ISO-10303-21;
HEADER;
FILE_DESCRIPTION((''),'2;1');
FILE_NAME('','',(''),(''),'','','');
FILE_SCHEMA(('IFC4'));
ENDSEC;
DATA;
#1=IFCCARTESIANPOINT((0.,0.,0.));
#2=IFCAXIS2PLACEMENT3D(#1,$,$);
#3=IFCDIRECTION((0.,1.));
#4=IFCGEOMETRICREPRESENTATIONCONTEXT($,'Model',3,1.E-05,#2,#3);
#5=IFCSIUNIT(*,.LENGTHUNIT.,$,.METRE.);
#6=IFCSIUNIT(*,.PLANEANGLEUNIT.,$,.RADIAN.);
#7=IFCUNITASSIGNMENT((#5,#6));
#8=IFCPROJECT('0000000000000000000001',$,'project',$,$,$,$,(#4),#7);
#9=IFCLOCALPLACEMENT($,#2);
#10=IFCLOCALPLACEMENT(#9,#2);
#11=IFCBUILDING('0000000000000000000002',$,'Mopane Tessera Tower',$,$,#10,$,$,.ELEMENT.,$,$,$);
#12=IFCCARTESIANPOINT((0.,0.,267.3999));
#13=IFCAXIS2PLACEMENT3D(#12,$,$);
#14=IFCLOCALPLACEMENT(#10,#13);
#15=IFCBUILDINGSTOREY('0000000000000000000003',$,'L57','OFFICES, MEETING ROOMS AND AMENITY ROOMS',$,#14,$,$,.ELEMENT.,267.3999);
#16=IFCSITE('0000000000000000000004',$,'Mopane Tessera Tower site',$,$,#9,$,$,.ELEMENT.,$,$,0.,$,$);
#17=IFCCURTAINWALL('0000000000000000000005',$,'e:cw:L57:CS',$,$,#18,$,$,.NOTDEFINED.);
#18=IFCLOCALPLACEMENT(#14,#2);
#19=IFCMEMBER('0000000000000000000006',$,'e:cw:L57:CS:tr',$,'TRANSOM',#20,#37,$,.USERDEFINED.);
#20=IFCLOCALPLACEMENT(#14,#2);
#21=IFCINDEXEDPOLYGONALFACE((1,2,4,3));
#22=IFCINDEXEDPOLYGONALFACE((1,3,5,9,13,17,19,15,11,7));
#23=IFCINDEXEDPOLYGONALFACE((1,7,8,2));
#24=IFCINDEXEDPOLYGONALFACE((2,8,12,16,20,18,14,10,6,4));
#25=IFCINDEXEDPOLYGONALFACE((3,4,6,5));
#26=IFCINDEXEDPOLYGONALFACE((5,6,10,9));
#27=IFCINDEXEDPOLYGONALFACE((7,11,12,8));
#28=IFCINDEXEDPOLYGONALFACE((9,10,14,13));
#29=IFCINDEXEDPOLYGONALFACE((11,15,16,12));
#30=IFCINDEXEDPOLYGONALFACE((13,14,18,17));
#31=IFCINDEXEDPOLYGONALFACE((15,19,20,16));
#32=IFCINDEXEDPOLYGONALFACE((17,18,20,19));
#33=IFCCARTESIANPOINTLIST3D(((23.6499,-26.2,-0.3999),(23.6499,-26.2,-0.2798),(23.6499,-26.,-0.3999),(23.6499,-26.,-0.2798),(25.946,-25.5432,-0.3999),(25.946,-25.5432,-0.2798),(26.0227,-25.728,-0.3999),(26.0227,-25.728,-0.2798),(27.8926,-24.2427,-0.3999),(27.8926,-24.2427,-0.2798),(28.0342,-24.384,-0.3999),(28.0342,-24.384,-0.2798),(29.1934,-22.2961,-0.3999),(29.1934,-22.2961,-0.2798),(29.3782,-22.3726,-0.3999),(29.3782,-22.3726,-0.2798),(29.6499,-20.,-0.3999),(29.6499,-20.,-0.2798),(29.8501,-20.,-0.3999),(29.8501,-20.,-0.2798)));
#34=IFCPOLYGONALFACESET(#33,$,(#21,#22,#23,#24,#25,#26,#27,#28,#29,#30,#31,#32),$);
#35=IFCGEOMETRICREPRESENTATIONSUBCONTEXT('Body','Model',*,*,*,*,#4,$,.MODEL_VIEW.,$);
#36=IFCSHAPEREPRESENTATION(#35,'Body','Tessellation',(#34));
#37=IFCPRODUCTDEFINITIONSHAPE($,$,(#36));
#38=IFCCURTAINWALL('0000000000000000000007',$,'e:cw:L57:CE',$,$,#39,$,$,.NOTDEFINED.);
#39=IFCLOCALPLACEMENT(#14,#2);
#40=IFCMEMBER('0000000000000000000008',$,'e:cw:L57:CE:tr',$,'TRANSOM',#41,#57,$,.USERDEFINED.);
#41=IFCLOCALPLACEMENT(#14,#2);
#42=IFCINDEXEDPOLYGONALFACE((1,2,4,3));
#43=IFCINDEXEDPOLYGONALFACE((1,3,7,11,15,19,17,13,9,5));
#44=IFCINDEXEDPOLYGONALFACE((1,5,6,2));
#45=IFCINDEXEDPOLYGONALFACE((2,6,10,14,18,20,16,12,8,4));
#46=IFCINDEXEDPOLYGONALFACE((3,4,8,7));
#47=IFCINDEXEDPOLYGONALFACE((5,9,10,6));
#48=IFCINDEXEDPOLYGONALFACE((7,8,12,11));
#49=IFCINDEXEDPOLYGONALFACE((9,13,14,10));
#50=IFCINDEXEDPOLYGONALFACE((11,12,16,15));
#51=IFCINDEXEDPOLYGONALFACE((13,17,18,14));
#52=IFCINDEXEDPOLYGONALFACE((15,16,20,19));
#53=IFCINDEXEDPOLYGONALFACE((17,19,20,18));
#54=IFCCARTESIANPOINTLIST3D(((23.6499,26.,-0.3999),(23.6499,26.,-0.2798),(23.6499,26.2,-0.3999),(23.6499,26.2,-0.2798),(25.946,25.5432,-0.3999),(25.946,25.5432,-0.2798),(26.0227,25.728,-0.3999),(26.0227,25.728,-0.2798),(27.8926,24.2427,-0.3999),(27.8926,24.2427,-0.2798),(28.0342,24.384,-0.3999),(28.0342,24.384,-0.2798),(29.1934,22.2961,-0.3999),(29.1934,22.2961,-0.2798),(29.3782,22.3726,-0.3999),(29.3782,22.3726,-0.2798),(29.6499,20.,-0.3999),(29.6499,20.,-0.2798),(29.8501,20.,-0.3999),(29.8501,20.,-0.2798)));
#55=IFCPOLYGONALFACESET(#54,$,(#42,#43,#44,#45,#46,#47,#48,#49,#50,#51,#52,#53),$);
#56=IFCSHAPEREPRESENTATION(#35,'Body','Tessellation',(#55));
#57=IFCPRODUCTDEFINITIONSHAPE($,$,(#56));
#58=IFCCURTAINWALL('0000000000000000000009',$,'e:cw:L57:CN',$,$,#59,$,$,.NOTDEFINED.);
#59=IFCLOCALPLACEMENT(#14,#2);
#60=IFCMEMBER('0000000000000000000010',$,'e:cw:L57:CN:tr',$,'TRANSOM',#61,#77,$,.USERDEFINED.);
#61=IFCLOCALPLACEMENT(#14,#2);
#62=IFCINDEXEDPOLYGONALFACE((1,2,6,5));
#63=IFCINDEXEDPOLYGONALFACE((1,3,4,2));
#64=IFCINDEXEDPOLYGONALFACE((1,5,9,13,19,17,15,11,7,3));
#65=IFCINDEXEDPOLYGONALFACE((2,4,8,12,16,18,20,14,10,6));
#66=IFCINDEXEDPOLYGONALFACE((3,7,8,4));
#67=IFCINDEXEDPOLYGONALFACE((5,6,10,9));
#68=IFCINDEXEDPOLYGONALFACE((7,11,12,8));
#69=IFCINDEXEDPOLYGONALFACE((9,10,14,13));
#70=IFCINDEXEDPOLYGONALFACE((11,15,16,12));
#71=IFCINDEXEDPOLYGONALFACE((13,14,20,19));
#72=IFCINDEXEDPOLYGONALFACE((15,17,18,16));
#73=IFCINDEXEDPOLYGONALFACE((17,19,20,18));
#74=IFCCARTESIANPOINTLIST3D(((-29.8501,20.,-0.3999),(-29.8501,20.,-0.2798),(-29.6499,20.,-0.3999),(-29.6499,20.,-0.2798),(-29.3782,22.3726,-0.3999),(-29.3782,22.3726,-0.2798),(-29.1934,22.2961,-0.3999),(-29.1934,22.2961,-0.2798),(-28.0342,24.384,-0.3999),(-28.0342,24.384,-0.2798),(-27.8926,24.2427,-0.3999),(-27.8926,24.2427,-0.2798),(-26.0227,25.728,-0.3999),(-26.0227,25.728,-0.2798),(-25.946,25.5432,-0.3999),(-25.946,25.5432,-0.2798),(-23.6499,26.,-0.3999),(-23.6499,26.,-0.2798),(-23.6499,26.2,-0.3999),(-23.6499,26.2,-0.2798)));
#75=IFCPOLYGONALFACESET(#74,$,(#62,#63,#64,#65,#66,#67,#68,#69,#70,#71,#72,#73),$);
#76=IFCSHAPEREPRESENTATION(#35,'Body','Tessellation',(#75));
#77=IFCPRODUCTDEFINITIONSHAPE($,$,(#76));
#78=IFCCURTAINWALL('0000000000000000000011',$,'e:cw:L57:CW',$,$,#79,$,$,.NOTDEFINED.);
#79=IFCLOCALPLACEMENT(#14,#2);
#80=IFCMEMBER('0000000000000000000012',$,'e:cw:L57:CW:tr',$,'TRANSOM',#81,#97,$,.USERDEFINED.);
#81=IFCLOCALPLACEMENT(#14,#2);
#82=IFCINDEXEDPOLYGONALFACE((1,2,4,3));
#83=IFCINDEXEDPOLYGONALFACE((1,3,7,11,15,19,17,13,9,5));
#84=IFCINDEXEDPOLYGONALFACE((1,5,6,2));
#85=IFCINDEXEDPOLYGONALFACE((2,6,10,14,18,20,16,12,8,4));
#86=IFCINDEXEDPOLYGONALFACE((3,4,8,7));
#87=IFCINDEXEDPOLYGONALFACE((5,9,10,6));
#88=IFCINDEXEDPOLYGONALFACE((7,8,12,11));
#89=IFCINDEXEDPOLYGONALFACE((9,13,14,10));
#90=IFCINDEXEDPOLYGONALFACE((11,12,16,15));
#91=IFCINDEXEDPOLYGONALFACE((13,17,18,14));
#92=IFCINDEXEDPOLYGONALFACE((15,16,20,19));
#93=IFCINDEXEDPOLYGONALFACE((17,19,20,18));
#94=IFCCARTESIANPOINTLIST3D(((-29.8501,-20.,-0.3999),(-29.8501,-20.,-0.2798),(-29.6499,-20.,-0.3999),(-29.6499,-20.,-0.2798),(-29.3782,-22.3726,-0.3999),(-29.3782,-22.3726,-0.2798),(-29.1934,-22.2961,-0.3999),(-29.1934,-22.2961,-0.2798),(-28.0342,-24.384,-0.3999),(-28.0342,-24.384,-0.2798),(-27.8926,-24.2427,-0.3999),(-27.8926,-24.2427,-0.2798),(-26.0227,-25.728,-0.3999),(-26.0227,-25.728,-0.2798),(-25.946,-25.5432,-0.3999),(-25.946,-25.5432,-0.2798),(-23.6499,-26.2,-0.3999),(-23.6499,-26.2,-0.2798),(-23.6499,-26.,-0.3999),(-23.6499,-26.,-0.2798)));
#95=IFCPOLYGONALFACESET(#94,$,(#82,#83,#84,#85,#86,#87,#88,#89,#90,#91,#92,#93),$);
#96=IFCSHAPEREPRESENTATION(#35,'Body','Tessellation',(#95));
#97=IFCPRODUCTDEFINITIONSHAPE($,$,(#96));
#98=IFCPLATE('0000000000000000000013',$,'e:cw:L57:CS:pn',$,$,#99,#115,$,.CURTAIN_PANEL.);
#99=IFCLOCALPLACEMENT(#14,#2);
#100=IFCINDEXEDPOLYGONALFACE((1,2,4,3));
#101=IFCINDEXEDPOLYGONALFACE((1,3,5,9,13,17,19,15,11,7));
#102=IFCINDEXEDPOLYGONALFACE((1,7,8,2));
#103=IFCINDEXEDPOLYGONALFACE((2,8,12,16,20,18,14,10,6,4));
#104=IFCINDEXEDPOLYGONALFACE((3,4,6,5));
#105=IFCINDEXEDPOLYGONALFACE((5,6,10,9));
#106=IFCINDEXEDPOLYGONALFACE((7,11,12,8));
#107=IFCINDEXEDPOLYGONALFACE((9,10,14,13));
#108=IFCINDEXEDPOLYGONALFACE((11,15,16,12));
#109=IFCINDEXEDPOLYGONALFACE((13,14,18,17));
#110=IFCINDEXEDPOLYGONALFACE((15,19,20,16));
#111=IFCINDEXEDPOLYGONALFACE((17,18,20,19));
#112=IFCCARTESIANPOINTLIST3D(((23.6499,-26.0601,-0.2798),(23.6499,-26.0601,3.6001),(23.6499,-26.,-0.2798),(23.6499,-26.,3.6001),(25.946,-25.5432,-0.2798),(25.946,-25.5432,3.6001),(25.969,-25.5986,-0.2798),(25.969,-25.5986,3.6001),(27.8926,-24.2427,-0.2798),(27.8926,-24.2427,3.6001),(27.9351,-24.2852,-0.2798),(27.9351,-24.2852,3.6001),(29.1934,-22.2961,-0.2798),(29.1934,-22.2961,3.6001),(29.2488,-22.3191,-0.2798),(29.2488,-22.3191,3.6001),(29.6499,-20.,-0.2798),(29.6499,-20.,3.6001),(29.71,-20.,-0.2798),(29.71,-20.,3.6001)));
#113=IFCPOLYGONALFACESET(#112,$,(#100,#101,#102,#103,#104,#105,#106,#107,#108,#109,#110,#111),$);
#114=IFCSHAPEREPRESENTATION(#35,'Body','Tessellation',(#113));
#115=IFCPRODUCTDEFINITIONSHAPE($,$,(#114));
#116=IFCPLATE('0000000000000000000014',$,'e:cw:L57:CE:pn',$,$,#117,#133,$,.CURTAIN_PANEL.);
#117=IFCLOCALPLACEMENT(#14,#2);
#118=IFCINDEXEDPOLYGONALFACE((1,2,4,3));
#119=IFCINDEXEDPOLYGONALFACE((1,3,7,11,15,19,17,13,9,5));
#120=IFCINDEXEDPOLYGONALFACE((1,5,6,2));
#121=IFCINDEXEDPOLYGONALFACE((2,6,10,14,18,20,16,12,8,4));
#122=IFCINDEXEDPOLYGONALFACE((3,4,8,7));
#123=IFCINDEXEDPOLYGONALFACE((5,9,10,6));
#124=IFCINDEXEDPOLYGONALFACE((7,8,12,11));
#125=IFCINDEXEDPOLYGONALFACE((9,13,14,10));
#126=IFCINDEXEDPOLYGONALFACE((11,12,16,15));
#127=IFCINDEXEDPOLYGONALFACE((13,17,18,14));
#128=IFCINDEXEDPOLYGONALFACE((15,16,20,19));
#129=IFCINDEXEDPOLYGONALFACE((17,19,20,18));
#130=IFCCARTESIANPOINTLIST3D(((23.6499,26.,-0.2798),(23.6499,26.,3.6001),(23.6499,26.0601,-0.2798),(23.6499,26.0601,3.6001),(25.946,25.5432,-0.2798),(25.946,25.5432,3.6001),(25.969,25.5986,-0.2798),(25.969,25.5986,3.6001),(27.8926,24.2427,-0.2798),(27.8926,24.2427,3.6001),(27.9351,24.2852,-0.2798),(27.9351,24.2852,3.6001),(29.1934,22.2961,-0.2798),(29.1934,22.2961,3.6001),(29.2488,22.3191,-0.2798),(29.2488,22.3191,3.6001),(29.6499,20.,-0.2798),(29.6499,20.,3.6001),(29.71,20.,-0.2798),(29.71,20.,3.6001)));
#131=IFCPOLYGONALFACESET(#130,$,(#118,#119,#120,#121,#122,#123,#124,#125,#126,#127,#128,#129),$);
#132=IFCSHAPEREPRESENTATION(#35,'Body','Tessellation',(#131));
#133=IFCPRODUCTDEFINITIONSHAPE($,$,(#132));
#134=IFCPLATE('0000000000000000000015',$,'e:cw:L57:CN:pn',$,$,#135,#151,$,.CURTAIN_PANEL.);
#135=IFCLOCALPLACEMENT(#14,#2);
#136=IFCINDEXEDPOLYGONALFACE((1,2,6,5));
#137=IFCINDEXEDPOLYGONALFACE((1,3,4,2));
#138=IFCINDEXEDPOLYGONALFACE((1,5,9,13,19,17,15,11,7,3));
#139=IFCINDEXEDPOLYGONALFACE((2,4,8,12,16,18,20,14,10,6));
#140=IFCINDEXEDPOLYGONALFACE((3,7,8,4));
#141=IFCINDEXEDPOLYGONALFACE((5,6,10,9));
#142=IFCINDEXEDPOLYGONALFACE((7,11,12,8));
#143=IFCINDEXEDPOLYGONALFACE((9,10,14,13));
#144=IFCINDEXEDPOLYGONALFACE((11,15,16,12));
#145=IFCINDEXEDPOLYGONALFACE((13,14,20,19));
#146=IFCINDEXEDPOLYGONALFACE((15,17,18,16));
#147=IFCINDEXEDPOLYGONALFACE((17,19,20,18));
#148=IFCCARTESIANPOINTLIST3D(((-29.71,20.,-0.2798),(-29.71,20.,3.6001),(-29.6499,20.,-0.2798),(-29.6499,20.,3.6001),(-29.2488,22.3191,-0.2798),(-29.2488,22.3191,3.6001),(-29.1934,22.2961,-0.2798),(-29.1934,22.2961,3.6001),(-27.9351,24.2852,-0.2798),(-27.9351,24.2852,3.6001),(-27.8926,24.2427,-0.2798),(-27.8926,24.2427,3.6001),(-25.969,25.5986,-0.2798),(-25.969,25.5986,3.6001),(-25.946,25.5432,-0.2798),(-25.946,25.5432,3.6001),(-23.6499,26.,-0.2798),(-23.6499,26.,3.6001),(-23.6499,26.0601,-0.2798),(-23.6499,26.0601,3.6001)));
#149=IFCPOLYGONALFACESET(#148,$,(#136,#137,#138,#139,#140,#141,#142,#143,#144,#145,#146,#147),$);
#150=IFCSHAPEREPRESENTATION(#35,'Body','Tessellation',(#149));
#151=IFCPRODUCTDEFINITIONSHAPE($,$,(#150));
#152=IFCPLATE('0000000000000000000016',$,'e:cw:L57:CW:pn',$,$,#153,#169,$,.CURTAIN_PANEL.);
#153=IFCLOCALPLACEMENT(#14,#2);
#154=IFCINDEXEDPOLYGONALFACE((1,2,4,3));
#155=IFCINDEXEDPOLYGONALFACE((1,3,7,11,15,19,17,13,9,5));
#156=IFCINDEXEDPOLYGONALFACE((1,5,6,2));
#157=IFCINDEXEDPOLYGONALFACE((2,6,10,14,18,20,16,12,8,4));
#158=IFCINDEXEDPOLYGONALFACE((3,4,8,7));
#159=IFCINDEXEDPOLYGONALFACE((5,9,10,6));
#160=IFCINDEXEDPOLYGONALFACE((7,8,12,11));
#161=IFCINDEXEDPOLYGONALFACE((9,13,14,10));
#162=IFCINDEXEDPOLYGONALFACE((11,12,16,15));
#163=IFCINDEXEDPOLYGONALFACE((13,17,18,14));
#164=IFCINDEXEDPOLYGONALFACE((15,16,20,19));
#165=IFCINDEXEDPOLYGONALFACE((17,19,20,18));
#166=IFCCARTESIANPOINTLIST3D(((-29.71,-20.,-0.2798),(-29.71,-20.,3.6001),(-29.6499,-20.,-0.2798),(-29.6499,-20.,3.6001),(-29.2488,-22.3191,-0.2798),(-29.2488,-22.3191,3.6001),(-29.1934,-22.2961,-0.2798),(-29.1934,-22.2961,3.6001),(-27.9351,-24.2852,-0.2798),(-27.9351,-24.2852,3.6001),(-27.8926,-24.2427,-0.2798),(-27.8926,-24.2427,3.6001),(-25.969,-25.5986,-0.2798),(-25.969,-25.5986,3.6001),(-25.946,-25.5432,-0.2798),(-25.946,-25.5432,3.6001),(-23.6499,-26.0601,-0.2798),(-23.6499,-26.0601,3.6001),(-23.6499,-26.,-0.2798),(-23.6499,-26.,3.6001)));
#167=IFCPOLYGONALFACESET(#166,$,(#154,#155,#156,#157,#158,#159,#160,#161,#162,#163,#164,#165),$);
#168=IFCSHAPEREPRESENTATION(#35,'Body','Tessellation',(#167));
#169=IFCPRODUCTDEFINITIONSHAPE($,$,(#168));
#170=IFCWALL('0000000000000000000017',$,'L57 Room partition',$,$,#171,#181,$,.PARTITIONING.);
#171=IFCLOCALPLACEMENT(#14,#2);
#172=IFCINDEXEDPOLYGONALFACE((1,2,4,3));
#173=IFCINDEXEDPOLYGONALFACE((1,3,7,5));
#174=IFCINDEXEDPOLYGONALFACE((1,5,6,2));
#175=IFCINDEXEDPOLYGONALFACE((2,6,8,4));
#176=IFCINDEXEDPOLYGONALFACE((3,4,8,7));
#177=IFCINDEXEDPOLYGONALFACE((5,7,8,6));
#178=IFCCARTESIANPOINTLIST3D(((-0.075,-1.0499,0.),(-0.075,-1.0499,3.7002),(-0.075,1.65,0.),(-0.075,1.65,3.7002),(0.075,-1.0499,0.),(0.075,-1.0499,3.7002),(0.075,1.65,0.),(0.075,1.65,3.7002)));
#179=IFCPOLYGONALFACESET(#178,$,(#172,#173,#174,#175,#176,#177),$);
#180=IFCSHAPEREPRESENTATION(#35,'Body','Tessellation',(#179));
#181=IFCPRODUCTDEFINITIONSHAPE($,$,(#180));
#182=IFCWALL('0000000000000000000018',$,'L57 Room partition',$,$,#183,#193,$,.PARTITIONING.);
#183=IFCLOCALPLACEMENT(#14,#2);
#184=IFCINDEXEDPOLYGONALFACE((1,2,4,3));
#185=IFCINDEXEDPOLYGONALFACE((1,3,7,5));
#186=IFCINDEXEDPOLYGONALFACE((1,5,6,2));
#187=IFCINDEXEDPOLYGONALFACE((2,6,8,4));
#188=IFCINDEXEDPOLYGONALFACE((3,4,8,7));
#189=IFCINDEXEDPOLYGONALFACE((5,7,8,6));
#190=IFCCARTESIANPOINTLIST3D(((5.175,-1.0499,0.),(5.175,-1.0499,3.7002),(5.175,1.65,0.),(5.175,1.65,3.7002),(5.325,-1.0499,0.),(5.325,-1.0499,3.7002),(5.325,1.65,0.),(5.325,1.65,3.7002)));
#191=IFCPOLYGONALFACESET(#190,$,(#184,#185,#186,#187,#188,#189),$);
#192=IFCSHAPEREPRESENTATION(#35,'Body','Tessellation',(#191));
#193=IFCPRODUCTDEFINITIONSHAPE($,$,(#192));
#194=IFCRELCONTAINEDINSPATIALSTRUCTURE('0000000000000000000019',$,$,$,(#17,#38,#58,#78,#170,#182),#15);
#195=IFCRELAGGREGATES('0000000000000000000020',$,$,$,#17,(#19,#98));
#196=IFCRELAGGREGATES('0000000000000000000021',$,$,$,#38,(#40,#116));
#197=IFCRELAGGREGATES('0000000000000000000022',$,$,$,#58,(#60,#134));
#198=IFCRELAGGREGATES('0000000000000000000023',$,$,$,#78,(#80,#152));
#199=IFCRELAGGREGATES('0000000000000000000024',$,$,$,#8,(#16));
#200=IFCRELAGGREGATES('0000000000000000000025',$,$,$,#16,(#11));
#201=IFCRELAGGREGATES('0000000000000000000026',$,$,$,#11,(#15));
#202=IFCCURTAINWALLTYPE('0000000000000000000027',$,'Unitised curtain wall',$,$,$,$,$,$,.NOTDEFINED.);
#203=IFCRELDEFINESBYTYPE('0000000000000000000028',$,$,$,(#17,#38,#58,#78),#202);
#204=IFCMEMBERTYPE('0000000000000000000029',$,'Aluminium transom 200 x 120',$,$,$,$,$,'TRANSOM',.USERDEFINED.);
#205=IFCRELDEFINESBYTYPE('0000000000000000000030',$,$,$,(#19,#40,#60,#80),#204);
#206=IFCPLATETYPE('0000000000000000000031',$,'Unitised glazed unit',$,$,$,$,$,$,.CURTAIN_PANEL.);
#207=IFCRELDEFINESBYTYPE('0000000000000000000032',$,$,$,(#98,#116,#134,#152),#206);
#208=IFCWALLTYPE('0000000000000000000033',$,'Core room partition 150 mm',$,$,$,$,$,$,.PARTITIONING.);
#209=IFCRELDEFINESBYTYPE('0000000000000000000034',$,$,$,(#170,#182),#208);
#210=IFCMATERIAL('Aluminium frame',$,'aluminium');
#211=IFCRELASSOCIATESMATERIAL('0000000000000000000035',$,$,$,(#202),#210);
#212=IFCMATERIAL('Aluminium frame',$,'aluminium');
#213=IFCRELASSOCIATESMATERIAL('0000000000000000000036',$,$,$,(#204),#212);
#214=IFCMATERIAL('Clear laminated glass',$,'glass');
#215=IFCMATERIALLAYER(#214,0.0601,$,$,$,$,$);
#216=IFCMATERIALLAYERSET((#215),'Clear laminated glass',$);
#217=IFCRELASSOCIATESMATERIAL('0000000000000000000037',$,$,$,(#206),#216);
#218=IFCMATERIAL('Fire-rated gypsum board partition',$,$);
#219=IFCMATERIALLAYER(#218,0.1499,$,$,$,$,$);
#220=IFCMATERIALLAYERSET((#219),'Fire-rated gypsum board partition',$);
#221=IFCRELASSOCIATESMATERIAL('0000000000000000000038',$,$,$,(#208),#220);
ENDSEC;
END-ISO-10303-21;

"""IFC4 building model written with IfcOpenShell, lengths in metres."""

from ifc_helpers import new_model, si_unit, direction, frame, frame_2d, origin, origin_2d, place, context, subcontext, project, spatial, polyline, rectangle, outline, extrude, material, layer, layer_set, material_profile, profile_set, type_object, element, aggregate, save


model = new_model("IFC4")

# Units and contexts
model_context = context("Model", 3, precision=1e-05, world=origin(), true_north=direction((0.0, 1.0)))
body_context = subcontext(model_context, "Body", "Model", "MODEL_VIEW")
ifc_project = project(units=[si_unit("LENGTHUNIT", "METRE"), si_unit("PLANEANGLEUNIT", "RADIAN")], contexts=[model_context])

# Site, building, storey
site_placement = place(None, origin())
site = spatial("IfcSite", under=ifc_project, at=site_placement, Name="Mopane Tessera Tower site", CompositionType="ELEMENT", RefElevation=0.0)
building_placement = place(site_placement, origin())
building = spatial("IfcBuilding", under=site, at=building_placement, Name="Mopane Tessera Tower", CompositionType="ELEMENT")
storey_placement = place(building_placement, frame((0.0, 0.0, 267.3999)))
storey = spatial("IfcBuildingStorey", under=building, at=storey_placement, Name="L57", Description="OFFICES, MEETING ROOMS AND AMENITY ROOMS", CompositionType="ELEMENT", Elevation=267.3999)

# Curtain walls, members
ifc_material_1 = material(Name="Aluminium frame", Category="aluminium")
curtain_wall_type = type_object("IfcCurtainWallType", Name="Unitised curtain wall", PredefinedType="NOTDEFINED", material=ifc_material_1)
curtain_wall_1_placement = place(storey_placement, origin())
curtain_wall_1 = element("IfcCurtainWall", 1, at=curtain_wall_1_placement, inside=storey, type_object=curtain_wall_type, Name="e:cw:L57:CS", PredefinedType="NOTDEFINED")
ifc_material_2 = material(Name="Aluminium frame", Category="aluminium")
ifc_material_profile = material_profile(ifc_material_2, rectangle(XDim=0.2, YDim=0.1201, at=origin_2d()))
ifc_profile_set = profile_set([ifc_material_profile], Name="Aluminium frame")
member_type = type_object("IfcMemberType", Name="Aluminium transom 200 x 120", ElementType="TRANSOM", PredefinedType="USERDEFINED", material=ifc_profile_set)
member_1_placement = place(storey_placement, frame((0.0, 0.0, -0.3999)))
member_1 = element("IfcMember", 2, at=member_1_placement, type_object=member_type, Name="e:cw:L57:CS:tr", ObjectType="TRANSOM", PredefinedType="USERDEFINED", context=body_context, shape_type="SweptSolid", body=[
    extrude(outline(polyline([(23.6499, -26.0), (25.946, -25.5432), (27.8926, -24.2427), (29.1934, -22.2961), (29.6499, -20.0), (29.8501, -20.0), (29.3782, -22.3726), (28.0342, -24.384), (26.0227, -25.728), (23.6499, -26.2), (23.6499, -26.0)])), origin(), (0.0, 0.0, 1.0), 0.1201),
])
curtain_wall_2_placement = place(storey_placement, origin())
curtain_wall_2 = element("IfcCurtainWall", 3, at=curtain_wall_2_placement, inside=storey, type_object=curtain_wall_type, Name="e:cw:L57:CE", PredefinedType="NOTDEFINED")
member_2_placement = place(storey_placement, frame((0.0, 0.0, -0.3999)))
member_2 = element("IfcMember", 4, at=member_2_placement, type_object=member_type, Name="e:cw:L57:CE:tr", ObjectType="TRANSOM", PredefinedType="USERDEFINED", context=body_context, shape_type="SweptSolid", body=[
    extrude(outline(polyline([(29.6499, 20.0), (29.1934, 22.2961), (27.8926, 24.2427), (25.946, 25.5432), (23.6499, 26.0), (23.6499, 26.2), (26.0227, 25.728), (28.0342, 24.384), (29.3782, 22.3726), (29.8501, 20.0), (29.6499, 20.0)])), origin(), (0.0, 0.0, 1.0), 0.1201),
])
curtain_wall_3_placement = place(storey_placement, origin())
curtain_wall_3 = element("IfcCurtainWall", 5, at=curtain_wall_3_placement, inside=storey, type_object=curtain_wall_type, Name="e:cw:L57:CN", PredefinedType="NOTDEFINED")
member_3_placement = place(storey_placement, frame((0.0, 0.0, -0.3999)))
member_3 = element("IfcMember", 6, at=member_3_placement, type_object=member_type, Name="e:cw:L57:CN:tr", ObjectType="TRANSOM", PredefinedType="USERDEFINED", context=body_context, shape_type="SweptSolid", body=[
    extrude(outline(polyline([(-23.6499, 26.0), (-25.946, 25.5432), (-27.8926, 24.2427), (-29.1934, 22.2961), (-29.6499, 20.0), (-29.8501, 20.0), (-29.3782, 22.3726), (-28.0342, 24.384), (-26.0227, 25.728), (-23.6499, 26.2), (-23.6499, 26.0)])), origin(), (0.0, 0.0, 1.0), 0.1201),
])
curtain_wall_4_placement = place(storey_placement, origin())
curtain_wall_4 = element("IfcCurtainWall", 7, at=curtain_wall_4_placement, inside=storey, type_object=curtain_wall_type, Name="e:cw:L57:CW", PredefinedType="NOTDEFINED")
member_4_placement = place(storey_placement, frame((0.0, 0.0, -0.3999)))
member_4 = element("IfcMember", 8, at=member_4_placement, type_object=member_type, Name="e:cw:L57:CW:tr", ObjectType="TRANSOM", PredefinedType="USERDEFINED", context=body_context, shape_type="SweptSolid", body=[
    extrude(outline(polyline([(-29.6499, -20.0), (-29.1934, -22.2961), (-27.8926, -24.2427), (-25.946, -25.5432), (-23.6499, -26.0), (-23.6499, -26.2), (-26.0227, -25.728), (-28.0342, -24.384), (-29.3782, -22.3726), (-29.8501, -20.0), (-29.6499, -20.0)])), origin(), (0.0, 0.0, 1.0), 0.1201),
])

# Plates
ifc_material_3 = material(Name="Clear laminated glass", Category="glass")
ifc_layer_1 = layer(ifc_material_3, 0.0601)
ifc_layer_set_1 = layer_set([ifc_layer_1], Name="Clear laminated glass")
plate_type = type_object("IfcPlateType", Name="Unitised glazed unit", PredefinedType="CURTAIN_PANEL", material=ifc_layer_set_1)
plate_1_placement = place(storey_placement, frame((0.0, 0.0, -0.2798)))
plate_1 = element("IfcPlate", 9, at=plate_1_placement, type_object=plate_type, Name="e:cw:L57:CS:pn", PredefinedType="CURTAIN_PANEL", context=body_context, shape_type="SweptSolid", body=[
    extrude(outline(polyline([(23.6499, -26.0), (25.946, -25.5432), (27.8926, -24.2427), (29.1934, -22.2961), (29.6499, -20.0), (29.71, -20.0), (29.2488, -22.3191), (27.9351, -24.2852), (25.969, -25.5986), (23.6499, -26.0601), (23.6499, -26.0)])), origin(), (0.0, 0.0, 1.0), 3.8799),
])
aggregate(curtain_wall_1, [member_1, plate_1])
plate_2_placement = place(storey_placement, frame((0.0, 0.0, -0.2798)))
plate_2 = element("IfcPlate", 10, at=plate_2_placement, type_object=plate_type, Name="e:cw:L57:CE:pn", PredefinedType="CURTAIN_PANEL", context=body_context, shape_type="SweptSolid", body=[
    extrude(outline(polyline([(29.6499, 20.0), (29.1934, 22.2961), (27.8926, 24.2427), (25.946, 25.5432), (23.6499, 26.0), (23.6499, 26.0601), (25.969, 25.5986), (27.9351, 24.2852), (29.2488, 22.3191), (29.71, 20.0), (29.6499, 20.0)])), origin(), (0.0, 0.0, 1.0), 3.8799),
])
aggregate(curtain_wall_2, [member_2, plate_2])
plate_3_placement = place(storey_placement, frame((0.0, 0.0, -0.2798)))
plate_3 = element("IfcPlate", 11, at=plate_3_placement, type_object=plate_type, Name="e:cw:L57:CN:pn", PredefinedType="CURTAIN_PANEL", context=body_context, shape_type="SweptSolid", body=[
    extrude(outline(polyline([(-23.6499, 26.0), (-25.946, 25.5432), (-27.8926, 24.2427), (-29.1934, 22.2961), (-29.6499, 20.0), (-29.71, 20.0), (-29.2488, 22.3191), (-27.9351, 24.2852), (-25.969, 25.5986), (-23.6499, 26.0601), (-23.6499, 26.0)])), origin(), (0.0, 0.0, 1.0), 3.8799),
])
aggregate(curtain_wall_3, [member_3, plate_3])
plate_4_placement = place(storey_placement, frame((0.0, 0.0, -0.2798)))
plate_4 = element("IfcPlate", 12, at=plate_4_placement, type_object=plate_type, Name="e:cw:L57:CW:pn", PredefinedType="CURTAIN_PANEL", context=body_context, shape_type="SweptSolid", body=[
    extrude(outline(polyline([(-29.6499, -20.0), (-29.1934, -22.2961), (-27.8926, -24.2427), (-25.946, -25.5432), (-23.6499, -26.0), (-23.6499, -26.0601), (-25.969, -25.5986), (-27.9351, -24.2852), (-29.2488, -22.3191), (-29.71, -20.0), (-29.6499, -20.0)])), origin(), (0.0, 0.0, 1.0), 3.8799),
])
aggregate(curtain_wall_4, [member_4, plate_4])

# Walls
ifc_material_4 = material(Name="Fire-rated gypsum board partition")
ifc_layer_2 = layer(ifc_material_4, 0.1499)
ifc_layer_set_2 = layer_set([ifc_layer_2], Name="Fire-rated gypsum board partition")
wall_type_1 = type_object("IfcWallType", Name="Core room partition 150 mm", PredefinedType="PARTITIONING", material=ifc_layer_set_2)
for number, where, z_axis, x_axis, name in (
    (13, (0.0, -1.05, 0.0), (0.0, 0.0, 1.0), (0.0, 1.0, 0.0), "L57 Room partition"),
    (14, (5.25, -1.05, 0.0), (0.0, 0.0, 1.0), (0.0, 1.0, 0.0), "L57 Room partition"),
):
    element("IfcWall", number, at=place(storey_placement, frame(where, z_axis=z_axis, x_axis=x_axis)), inside=storey, type_object=wall_type_1, Name=name, PredefinedType="PARTITIONING", context=body_context, shape_type="SweptSolid", body=[
        extrude(rectangle(XDim=2.7, YDim=0.1499, at=frame_2d((1.3501, 0.0))), origin(), (0.0, 0.0, 1.0), 3.7002),
    ])

save(model, "model.ifc")
